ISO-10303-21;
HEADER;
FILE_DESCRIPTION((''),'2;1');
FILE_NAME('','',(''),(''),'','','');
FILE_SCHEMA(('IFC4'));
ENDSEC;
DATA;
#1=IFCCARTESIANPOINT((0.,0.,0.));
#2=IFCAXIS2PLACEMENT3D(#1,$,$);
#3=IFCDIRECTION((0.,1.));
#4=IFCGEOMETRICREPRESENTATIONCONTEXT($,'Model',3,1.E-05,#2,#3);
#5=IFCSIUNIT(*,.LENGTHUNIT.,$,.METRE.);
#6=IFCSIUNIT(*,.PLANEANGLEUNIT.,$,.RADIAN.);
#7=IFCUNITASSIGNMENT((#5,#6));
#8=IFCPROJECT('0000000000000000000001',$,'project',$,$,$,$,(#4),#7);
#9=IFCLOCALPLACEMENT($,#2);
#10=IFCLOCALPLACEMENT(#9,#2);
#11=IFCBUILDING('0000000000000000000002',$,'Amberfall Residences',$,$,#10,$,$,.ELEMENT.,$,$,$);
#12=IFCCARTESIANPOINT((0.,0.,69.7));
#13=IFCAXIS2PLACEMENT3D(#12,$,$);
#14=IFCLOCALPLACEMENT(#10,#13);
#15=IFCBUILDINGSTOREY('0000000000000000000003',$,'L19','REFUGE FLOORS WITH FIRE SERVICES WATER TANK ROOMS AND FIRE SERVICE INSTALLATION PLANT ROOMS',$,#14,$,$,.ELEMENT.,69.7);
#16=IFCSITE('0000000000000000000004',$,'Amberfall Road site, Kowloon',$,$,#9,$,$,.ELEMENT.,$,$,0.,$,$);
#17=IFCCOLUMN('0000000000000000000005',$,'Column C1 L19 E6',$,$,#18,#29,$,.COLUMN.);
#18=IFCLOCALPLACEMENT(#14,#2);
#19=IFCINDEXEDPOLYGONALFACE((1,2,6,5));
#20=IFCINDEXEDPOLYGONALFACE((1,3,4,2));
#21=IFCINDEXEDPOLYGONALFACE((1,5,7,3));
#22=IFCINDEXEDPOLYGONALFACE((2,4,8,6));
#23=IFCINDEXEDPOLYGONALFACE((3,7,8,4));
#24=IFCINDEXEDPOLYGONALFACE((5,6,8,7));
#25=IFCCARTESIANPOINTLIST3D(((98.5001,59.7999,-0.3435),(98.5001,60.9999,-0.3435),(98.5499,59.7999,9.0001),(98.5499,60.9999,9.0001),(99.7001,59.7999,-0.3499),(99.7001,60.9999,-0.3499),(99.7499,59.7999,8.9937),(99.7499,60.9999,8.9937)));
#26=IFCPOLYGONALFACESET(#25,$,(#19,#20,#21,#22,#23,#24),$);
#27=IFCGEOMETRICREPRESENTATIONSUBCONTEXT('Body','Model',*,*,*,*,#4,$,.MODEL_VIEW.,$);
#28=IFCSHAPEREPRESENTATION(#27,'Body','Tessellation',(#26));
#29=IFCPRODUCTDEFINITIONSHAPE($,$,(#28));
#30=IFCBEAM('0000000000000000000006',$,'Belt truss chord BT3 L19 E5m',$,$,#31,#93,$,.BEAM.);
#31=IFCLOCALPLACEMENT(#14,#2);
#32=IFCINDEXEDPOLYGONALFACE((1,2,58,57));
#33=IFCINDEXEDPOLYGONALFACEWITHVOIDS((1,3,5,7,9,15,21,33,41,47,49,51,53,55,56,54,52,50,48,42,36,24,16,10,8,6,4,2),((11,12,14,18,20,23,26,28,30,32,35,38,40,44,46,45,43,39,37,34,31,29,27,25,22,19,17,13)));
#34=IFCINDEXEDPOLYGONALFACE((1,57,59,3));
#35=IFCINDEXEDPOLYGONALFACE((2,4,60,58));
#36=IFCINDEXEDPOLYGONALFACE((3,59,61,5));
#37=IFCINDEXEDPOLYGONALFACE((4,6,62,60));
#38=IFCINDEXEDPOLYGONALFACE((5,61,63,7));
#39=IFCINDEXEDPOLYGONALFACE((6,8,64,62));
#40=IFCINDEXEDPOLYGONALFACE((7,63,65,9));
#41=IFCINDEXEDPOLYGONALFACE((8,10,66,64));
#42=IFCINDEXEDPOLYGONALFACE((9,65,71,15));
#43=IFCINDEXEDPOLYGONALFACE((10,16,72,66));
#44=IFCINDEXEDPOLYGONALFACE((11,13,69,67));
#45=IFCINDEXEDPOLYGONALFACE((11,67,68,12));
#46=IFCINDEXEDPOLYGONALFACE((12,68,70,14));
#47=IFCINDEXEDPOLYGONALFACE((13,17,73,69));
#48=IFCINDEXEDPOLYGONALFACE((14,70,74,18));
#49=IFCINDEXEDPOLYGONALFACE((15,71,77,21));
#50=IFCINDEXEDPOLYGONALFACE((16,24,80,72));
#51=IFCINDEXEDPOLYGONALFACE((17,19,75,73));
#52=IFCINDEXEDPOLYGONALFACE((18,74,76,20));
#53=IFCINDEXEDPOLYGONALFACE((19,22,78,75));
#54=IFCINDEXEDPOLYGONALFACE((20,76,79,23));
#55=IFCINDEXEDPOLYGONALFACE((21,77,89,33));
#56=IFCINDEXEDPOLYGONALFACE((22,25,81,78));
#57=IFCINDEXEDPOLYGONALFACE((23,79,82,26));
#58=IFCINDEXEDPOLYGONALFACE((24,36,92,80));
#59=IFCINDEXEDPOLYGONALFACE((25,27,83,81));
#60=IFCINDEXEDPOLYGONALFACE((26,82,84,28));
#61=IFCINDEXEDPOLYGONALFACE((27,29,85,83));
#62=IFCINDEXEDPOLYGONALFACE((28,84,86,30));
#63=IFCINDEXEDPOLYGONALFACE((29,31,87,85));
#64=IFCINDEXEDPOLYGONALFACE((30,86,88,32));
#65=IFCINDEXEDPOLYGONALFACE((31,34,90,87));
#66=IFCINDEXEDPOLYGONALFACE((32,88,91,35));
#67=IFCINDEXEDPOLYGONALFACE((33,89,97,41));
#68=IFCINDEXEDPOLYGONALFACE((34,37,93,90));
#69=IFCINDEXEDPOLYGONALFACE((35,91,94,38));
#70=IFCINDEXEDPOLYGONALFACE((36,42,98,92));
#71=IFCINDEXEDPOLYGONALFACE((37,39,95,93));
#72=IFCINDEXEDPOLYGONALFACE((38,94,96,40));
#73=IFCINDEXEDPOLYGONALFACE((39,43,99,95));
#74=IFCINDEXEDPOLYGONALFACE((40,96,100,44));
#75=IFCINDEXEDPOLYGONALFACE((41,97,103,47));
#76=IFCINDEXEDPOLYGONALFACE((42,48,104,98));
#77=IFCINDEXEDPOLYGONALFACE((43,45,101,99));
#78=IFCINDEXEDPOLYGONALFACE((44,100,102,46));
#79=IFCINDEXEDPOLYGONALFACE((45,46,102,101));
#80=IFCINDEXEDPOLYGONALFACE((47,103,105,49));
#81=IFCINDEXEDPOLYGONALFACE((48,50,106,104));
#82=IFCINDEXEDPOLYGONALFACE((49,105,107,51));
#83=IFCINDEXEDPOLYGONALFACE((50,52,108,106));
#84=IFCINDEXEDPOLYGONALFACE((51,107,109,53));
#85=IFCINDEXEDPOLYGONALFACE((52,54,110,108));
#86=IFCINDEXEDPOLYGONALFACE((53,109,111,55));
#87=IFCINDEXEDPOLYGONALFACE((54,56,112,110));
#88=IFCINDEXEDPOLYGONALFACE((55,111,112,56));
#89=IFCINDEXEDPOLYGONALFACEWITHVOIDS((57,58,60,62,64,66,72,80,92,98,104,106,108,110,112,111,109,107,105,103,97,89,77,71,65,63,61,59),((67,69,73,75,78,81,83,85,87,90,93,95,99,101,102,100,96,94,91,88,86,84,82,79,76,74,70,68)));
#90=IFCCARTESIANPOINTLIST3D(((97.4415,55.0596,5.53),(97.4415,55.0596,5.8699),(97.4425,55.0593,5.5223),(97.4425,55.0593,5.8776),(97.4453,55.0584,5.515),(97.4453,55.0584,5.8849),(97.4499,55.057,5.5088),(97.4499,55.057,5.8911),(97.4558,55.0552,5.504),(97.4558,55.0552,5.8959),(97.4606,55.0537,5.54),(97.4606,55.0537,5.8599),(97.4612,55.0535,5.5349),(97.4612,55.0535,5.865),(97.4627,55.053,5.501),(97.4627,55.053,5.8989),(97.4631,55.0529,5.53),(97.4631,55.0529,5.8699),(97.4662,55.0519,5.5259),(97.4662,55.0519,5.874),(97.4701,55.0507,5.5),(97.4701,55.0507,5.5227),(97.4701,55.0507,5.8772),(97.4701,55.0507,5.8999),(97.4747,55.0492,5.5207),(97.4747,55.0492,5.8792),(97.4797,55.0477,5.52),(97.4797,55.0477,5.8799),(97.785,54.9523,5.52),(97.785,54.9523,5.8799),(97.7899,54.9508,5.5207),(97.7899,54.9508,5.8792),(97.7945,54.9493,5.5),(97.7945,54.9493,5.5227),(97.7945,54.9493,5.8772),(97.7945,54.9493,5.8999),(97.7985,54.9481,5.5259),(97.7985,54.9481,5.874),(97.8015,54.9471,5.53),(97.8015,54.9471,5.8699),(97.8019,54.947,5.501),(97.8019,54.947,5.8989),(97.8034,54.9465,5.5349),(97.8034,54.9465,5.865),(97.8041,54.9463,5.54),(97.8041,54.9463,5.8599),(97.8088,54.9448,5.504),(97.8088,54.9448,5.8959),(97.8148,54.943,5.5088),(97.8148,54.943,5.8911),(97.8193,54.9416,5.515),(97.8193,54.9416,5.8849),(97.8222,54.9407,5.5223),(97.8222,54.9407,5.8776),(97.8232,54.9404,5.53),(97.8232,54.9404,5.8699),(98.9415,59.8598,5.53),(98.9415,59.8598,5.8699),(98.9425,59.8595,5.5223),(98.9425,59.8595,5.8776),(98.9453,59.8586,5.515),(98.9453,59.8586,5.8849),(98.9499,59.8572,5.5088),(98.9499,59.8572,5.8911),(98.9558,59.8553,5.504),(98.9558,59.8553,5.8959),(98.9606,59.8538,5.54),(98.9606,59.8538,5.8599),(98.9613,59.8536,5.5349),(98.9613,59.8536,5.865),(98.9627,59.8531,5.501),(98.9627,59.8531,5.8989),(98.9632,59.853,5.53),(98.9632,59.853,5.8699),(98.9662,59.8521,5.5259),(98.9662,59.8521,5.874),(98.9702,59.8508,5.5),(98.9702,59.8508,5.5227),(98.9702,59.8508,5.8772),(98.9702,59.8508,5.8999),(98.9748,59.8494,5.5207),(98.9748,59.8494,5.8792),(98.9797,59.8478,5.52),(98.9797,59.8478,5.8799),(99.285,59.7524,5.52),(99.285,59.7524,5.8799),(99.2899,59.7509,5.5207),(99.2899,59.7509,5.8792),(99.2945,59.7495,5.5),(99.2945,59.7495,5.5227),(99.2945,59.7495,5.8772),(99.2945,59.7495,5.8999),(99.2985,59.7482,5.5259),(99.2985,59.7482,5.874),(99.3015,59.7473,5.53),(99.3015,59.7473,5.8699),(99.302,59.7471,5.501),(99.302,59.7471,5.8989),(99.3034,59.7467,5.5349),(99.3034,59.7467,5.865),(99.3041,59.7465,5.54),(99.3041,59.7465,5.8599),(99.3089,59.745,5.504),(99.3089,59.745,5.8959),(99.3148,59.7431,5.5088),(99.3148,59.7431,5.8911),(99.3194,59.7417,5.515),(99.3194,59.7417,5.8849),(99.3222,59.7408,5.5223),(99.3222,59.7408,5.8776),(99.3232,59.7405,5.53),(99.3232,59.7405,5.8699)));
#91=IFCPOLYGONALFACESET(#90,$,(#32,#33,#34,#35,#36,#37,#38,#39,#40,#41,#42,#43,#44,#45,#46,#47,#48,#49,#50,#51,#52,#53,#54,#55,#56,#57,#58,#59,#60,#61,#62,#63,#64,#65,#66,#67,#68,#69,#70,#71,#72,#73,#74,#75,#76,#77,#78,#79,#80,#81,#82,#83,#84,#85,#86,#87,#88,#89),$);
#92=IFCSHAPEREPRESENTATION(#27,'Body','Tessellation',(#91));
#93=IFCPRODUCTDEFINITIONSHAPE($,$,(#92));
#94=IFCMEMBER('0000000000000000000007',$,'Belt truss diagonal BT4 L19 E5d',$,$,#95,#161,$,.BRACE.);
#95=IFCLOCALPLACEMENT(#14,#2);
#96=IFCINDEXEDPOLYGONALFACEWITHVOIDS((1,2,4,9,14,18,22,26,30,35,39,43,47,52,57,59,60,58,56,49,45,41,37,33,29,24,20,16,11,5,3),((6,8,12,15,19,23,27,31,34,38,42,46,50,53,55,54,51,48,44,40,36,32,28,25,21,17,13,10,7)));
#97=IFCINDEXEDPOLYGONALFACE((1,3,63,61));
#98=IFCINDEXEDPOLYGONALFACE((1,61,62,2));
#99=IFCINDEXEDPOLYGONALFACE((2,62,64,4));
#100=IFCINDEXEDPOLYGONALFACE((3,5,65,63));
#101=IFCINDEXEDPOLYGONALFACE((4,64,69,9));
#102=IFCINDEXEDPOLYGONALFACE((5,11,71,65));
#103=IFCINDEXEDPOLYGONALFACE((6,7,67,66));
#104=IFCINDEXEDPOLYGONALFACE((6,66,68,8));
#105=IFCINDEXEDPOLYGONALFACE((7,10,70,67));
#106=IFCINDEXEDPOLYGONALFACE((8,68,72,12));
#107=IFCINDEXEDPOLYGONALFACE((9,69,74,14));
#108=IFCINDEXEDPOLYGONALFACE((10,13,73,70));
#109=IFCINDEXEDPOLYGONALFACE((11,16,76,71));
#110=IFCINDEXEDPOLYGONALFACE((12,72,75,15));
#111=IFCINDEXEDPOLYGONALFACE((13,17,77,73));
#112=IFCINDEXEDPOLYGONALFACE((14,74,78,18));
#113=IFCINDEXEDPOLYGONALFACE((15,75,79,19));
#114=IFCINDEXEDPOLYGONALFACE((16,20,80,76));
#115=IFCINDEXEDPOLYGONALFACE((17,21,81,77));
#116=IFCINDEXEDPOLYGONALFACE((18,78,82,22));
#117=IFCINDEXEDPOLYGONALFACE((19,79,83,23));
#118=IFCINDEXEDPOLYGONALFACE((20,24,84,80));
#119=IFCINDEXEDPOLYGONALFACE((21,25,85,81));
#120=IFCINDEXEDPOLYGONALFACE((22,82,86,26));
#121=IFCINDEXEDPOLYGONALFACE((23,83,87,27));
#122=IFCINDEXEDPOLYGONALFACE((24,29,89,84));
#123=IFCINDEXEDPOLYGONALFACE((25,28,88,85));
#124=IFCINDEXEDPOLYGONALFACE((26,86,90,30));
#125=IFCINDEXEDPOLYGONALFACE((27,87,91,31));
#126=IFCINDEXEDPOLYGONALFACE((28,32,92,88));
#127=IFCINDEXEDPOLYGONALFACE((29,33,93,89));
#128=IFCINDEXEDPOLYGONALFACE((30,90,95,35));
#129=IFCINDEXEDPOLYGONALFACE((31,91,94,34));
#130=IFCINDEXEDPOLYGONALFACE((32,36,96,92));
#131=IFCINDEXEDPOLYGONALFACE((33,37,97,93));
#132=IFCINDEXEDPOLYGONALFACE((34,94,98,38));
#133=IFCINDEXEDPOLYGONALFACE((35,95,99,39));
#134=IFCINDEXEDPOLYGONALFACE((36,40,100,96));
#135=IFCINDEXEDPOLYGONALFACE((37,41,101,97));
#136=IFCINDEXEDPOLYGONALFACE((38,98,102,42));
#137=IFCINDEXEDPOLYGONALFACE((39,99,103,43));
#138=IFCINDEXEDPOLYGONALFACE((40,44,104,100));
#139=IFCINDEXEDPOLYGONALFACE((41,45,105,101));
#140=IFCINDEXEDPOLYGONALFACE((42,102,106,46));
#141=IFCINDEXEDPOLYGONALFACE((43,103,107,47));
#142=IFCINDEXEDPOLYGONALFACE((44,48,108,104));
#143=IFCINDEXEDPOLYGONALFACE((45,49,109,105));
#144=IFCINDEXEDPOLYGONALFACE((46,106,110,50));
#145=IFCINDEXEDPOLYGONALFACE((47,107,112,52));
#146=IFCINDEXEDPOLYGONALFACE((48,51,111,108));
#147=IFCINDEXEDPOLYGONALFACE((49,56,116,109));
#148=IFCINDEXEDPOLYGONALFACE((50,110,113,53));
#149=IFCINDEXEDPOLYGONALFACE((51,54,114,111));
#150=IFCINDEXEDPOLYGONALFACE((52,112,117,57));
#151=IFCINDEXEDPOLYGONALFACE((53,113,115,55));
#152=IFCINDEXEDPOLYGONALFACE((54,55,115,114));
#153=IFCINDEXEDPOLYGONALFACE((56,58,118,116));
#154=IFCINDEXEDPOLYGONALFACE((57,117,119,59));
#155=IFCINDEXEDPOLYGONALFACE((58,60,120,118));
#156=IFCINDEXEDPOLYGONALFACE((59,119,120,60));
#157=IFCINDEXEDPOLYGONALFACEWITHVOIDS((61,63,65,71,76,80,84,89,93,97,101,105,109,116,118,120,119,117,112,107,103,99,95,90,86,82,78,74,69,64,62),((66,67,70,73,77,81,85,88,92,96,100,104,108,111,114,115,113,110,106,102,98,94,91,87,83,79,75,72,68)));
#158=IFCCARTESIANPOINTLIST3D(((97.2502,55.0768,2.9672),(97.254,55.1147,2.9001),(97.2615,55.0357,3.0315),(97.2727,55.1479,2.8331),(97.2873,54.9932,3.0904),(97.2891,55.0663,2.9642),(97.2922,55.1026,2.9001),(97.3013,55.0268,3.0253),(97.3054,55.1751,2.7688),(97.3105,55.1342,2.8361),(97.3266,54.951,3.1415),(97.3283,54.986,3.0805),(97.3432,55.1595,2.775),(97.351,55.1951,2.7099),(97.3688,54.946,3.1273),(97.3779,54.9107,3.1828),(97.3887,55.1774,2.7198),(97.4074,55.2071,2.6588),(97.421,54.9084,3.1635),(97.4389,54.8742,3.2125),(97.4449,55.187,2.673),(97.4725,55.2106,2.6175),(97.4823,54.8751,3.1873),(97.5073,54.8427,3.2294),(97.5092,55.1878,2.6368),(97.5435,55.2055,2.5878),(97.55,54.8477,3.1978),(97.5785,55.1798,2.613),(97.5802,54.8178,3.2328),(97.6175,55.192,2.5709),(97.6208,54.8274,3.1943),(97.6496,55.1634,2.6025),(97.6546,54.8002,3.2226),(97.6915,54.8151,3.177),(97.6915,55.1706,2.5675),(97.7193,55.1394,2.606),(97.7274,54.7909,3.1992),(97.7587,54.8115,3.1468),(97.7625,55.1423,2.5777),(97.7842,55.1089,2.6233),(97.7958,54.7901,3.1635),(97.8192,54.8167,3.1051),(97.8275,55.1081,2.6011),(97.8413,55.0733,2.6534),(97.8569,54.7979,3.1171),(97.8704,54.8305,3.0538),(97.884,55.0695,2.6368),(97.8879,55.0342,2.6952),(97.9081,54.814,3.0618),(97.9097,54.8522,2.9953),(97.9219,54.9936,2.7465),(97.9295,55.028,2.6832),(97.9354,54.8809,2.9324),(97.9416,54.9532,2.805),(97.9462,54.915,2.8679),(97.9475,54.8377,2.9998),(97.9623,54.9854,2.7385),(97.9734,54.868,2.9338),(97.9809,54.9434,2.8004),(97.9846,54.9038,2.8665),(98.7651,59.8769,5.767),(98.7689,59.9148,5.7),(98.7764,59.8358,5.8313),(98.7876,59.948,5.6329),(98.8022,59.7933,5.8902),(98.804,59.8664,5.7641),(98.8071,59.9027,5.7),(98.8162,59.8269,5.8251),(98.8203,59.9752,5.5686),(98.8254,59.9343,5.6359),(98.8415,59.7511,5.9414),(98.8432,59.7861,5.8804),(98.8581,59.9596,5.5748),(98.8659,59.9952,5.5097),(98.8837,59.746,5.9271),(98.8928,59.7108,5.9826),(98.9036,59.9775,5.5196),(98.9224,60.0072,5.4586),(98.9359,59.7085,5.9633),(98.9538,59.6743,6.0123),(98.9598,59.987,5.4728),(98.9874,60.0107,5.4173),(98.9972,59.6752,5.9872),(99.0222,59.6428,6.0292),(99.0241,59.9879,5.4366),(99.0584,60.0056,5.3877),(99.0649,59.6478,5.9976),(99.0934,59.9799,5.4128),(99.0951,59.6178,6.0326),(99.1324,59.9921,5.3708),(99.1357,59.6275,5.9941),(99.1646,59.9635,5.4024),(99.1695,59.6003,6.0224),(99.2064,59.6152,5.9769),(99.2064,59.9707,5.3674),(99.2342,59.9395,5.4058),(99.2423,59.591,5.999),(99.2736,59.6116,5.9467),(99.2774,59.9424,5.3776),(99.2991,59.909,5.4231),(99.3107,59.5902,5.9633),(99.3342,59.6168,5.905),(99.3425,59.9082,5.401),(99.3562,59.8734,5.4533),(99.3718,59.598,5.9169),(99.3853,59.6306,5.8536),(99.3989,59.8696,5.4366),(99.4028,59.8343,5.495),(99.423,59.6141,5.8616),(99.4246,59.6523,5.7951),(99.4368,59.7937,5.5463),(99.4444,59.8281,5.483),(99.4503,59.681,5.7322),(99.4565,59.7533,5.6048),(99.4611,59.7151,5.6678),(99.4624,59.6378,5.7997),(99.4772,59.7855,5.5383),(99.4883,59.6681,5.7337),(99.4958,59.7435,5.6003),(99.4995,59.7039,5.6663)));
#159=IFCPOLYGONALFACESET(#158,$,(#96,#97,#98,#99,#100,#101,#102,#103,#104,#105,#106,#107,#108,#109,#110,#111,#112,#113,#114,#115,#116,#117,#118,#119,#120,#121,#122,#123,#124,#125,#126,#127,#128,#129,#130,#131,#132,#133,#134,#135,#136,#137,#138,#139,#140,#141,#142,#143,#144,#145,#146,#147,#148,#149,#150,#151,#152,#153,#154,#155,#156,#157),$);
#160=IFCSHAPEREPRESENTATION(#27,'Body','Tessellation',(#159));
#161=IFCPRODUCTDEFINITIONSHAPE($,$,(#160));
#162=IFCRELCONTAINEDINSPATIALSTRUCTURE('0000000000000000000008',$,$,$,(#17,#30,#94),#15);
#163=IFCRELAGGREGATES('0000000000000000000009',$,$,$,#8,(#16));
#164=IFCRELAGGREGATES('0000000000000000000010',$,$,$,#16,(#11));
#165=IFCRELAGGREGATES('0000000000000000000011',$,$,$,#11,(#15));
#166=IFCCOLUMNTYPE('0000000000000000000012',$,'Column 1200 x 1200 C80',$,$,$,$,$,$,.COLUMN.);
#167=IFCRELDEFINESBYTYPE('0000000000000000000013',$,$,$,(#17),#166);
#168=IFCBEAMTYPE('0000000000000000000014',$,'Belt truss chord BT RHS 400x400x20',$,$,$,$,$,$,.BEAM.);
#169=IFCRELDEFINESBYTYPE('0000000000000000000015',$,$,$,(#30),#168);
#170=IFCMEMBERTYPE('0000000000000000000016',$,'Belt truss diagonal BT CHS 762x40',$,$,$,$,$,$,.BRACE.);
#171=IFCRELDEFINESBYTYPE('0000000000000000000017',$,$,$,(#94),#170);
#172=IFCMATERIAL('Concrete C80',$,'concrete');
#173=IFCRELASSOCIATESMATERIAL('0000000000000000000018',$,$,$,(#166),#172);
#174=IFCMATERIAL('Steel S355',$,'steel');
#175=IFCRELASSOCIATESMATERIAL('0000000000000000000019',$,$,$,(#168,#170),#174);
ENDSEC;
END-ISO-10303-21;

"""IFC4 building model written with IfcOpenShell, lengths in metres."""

from ifc_helpers import new_model, si_unit, direction, frame, origin, origin_2d, place, context, subcontext, project, spatial, rectangle, hollow_rectangle, hollow_circle, extrude, material, material_profile, profile_set, type_object, element, save


model = new_model("IFC4")

# Units and contexts
model_context = context("Model", 3, precision=1e-05, world=origin(), true_north=direction((0.0, 1.0)))
body_context = subcontext(model_context, "Body", "Model", "MODEL_VIEW")
ifc_project = project(units=[si_unit("LENGTHUNIT", "METRE"), si_unit("PLANEANGLEUNIT", "RADIAN")], contexts=[model_context])

# Site, building, storey
site_placement = place(None, origin())
site = spatial("IfcSite", under=ifc_project, at=site_placement, Name="Amberfall Road site, Kowloon", CompositionType="ELEMENT", RefElevation=0.0)
building_placement = place(site_placement, origin())
building = spatial("IfcBuilding", under=site, at=building_placement, Name="Amberfall Residences", CompositionType="ELEMENT")
storey_placement = place(building_placement, frame((0.0, 0.0, 69.7)))
storey = spatial("IfcBuildingStorey", under=building, at=storey_placement, Name="L19", Description="REFUGE FLOORS WITH FIRE SERVICES WATER TANK ROOMS AND FIRE SERVICE INSTALLATION PLANT ROOMS", CompositionType="ELEMENT", Elevation=69.7)

# Column
ifc_material_1 = material(Name="Concrete C80", Category="concrete")
ifc_material_profile_1 = material_profile(ifc_material_1, rectangle(XDim=1.2, YDim=1.2, at=origin_2d()), Name="Column 1200 x 1200 C80")
ifc_profile_set_1 = profile_set([ifc_material_profile_1], Name="Concrete C80")
column_type = type_object("IfcColumnType", Name="Column 1200 x 1200 C80", PredefinedType="COLUMN", material=ifc_profile_set_1)
column_placement = place(storey_placement, frame((99.1001, 60.3999, -0.3467), z_axis=(0.00533, 0.0, 0.999986), x_axis=(0.0, 1.0, 0.0)))
element("IfcColumn", 1, at=column_placement, inside=storey, type_object=column_type, Name="Column C1 L19 E6", PredefinedType="COLUMN", context=body_context, shape_type="SweptSolid", body=[
    extrude(rectangle(XDim=1.2, YDim=1.2, at=origin_2d()), origin(), (0.0, 0.0, 1.0), 9.3438),
])

# Beam
ifc_material_2 = material(Name="Steel S355", Category="steel")
ifc_material_profile_2 = material_profile(ifc_material_2, hollow_rectangle(XDim=0.3999, YDim=0.3999, WallThickness=0.02, InnerFilletRadius=0.02, OuterFilletRadius=0.03, at=origin_2d()), Name="RHS 400x400x20")
ifc_profile_set_2 = profile_set([ifc_material_profile_2], Name="Steel S355")
beam_type_1 = type_object("IfcBeamType", Name="Belt truss chord BT RHS 400x400x20", PredefinedType="BEAM", material=ifc_profile_set_2)
beam_1_placement = place(storey_placement, frame((97.6323, 55.0, 5.7), z_axis=(0.298272, 0.954481, 0.0), x_axis=(-0.954481, 0.298272, 0.0)))
element("IfcBeam", 2, at=beam_1_placement, inside=storey, type_object=beam_type_1, Name="Belt truss chord BT3 L19 E5m", PredefinedType="BEAM", context=body_context, shape_type="SweptSolid", body=[
    extrude(hollow_rectangle(XDim=0.3999, YDim=0.3999, WallThickness=0.02, InnerFilletRadius=0.02, OuterFilletRadius=0.03, at=origin_2d()), origin(), (0.0, 0.0, 1.0), 5.0291),
])

# Member
ifc_material_profile_3 = material_profile(ifc_material_2, hollow_circle(Radius=0.3811, WallThickness=0.04, at=origin_2d()), Name="CHS 762x40")
ifc_profile_set_3 = profile_set([ifc_material_profile_3], Name="Steel S355")
member_type_1 = type_object("IfcMemberType", Name="Belt truss diagonal BT CHS 762x40", PredefinedType="BRACE", material=ifc_profile_set_3)
member_1_placement = place(storey_placement, frame((97.6174, 55.0, 2.9001), z_axis=(0.263015, 0.833384, 0.486102), x_axis=(-0.953635, 0.300967, 0.0)))
element("IfcMember", 3, at=member_1_placement, inside=storey, type_object=member_type_1, Name="Belt truss diagonal BT4 L19 E5d", PredefinedType="BRACE", context=body_context, shape_type="SweptSolid", body=[
    extrude(hollow_circle(Radius=0.3811, WallThickness=0.04, at=origin_2d()), origin(), (0.0, 0.0, 1.0), 5.7598),
])

save(model, "model.ifc")
